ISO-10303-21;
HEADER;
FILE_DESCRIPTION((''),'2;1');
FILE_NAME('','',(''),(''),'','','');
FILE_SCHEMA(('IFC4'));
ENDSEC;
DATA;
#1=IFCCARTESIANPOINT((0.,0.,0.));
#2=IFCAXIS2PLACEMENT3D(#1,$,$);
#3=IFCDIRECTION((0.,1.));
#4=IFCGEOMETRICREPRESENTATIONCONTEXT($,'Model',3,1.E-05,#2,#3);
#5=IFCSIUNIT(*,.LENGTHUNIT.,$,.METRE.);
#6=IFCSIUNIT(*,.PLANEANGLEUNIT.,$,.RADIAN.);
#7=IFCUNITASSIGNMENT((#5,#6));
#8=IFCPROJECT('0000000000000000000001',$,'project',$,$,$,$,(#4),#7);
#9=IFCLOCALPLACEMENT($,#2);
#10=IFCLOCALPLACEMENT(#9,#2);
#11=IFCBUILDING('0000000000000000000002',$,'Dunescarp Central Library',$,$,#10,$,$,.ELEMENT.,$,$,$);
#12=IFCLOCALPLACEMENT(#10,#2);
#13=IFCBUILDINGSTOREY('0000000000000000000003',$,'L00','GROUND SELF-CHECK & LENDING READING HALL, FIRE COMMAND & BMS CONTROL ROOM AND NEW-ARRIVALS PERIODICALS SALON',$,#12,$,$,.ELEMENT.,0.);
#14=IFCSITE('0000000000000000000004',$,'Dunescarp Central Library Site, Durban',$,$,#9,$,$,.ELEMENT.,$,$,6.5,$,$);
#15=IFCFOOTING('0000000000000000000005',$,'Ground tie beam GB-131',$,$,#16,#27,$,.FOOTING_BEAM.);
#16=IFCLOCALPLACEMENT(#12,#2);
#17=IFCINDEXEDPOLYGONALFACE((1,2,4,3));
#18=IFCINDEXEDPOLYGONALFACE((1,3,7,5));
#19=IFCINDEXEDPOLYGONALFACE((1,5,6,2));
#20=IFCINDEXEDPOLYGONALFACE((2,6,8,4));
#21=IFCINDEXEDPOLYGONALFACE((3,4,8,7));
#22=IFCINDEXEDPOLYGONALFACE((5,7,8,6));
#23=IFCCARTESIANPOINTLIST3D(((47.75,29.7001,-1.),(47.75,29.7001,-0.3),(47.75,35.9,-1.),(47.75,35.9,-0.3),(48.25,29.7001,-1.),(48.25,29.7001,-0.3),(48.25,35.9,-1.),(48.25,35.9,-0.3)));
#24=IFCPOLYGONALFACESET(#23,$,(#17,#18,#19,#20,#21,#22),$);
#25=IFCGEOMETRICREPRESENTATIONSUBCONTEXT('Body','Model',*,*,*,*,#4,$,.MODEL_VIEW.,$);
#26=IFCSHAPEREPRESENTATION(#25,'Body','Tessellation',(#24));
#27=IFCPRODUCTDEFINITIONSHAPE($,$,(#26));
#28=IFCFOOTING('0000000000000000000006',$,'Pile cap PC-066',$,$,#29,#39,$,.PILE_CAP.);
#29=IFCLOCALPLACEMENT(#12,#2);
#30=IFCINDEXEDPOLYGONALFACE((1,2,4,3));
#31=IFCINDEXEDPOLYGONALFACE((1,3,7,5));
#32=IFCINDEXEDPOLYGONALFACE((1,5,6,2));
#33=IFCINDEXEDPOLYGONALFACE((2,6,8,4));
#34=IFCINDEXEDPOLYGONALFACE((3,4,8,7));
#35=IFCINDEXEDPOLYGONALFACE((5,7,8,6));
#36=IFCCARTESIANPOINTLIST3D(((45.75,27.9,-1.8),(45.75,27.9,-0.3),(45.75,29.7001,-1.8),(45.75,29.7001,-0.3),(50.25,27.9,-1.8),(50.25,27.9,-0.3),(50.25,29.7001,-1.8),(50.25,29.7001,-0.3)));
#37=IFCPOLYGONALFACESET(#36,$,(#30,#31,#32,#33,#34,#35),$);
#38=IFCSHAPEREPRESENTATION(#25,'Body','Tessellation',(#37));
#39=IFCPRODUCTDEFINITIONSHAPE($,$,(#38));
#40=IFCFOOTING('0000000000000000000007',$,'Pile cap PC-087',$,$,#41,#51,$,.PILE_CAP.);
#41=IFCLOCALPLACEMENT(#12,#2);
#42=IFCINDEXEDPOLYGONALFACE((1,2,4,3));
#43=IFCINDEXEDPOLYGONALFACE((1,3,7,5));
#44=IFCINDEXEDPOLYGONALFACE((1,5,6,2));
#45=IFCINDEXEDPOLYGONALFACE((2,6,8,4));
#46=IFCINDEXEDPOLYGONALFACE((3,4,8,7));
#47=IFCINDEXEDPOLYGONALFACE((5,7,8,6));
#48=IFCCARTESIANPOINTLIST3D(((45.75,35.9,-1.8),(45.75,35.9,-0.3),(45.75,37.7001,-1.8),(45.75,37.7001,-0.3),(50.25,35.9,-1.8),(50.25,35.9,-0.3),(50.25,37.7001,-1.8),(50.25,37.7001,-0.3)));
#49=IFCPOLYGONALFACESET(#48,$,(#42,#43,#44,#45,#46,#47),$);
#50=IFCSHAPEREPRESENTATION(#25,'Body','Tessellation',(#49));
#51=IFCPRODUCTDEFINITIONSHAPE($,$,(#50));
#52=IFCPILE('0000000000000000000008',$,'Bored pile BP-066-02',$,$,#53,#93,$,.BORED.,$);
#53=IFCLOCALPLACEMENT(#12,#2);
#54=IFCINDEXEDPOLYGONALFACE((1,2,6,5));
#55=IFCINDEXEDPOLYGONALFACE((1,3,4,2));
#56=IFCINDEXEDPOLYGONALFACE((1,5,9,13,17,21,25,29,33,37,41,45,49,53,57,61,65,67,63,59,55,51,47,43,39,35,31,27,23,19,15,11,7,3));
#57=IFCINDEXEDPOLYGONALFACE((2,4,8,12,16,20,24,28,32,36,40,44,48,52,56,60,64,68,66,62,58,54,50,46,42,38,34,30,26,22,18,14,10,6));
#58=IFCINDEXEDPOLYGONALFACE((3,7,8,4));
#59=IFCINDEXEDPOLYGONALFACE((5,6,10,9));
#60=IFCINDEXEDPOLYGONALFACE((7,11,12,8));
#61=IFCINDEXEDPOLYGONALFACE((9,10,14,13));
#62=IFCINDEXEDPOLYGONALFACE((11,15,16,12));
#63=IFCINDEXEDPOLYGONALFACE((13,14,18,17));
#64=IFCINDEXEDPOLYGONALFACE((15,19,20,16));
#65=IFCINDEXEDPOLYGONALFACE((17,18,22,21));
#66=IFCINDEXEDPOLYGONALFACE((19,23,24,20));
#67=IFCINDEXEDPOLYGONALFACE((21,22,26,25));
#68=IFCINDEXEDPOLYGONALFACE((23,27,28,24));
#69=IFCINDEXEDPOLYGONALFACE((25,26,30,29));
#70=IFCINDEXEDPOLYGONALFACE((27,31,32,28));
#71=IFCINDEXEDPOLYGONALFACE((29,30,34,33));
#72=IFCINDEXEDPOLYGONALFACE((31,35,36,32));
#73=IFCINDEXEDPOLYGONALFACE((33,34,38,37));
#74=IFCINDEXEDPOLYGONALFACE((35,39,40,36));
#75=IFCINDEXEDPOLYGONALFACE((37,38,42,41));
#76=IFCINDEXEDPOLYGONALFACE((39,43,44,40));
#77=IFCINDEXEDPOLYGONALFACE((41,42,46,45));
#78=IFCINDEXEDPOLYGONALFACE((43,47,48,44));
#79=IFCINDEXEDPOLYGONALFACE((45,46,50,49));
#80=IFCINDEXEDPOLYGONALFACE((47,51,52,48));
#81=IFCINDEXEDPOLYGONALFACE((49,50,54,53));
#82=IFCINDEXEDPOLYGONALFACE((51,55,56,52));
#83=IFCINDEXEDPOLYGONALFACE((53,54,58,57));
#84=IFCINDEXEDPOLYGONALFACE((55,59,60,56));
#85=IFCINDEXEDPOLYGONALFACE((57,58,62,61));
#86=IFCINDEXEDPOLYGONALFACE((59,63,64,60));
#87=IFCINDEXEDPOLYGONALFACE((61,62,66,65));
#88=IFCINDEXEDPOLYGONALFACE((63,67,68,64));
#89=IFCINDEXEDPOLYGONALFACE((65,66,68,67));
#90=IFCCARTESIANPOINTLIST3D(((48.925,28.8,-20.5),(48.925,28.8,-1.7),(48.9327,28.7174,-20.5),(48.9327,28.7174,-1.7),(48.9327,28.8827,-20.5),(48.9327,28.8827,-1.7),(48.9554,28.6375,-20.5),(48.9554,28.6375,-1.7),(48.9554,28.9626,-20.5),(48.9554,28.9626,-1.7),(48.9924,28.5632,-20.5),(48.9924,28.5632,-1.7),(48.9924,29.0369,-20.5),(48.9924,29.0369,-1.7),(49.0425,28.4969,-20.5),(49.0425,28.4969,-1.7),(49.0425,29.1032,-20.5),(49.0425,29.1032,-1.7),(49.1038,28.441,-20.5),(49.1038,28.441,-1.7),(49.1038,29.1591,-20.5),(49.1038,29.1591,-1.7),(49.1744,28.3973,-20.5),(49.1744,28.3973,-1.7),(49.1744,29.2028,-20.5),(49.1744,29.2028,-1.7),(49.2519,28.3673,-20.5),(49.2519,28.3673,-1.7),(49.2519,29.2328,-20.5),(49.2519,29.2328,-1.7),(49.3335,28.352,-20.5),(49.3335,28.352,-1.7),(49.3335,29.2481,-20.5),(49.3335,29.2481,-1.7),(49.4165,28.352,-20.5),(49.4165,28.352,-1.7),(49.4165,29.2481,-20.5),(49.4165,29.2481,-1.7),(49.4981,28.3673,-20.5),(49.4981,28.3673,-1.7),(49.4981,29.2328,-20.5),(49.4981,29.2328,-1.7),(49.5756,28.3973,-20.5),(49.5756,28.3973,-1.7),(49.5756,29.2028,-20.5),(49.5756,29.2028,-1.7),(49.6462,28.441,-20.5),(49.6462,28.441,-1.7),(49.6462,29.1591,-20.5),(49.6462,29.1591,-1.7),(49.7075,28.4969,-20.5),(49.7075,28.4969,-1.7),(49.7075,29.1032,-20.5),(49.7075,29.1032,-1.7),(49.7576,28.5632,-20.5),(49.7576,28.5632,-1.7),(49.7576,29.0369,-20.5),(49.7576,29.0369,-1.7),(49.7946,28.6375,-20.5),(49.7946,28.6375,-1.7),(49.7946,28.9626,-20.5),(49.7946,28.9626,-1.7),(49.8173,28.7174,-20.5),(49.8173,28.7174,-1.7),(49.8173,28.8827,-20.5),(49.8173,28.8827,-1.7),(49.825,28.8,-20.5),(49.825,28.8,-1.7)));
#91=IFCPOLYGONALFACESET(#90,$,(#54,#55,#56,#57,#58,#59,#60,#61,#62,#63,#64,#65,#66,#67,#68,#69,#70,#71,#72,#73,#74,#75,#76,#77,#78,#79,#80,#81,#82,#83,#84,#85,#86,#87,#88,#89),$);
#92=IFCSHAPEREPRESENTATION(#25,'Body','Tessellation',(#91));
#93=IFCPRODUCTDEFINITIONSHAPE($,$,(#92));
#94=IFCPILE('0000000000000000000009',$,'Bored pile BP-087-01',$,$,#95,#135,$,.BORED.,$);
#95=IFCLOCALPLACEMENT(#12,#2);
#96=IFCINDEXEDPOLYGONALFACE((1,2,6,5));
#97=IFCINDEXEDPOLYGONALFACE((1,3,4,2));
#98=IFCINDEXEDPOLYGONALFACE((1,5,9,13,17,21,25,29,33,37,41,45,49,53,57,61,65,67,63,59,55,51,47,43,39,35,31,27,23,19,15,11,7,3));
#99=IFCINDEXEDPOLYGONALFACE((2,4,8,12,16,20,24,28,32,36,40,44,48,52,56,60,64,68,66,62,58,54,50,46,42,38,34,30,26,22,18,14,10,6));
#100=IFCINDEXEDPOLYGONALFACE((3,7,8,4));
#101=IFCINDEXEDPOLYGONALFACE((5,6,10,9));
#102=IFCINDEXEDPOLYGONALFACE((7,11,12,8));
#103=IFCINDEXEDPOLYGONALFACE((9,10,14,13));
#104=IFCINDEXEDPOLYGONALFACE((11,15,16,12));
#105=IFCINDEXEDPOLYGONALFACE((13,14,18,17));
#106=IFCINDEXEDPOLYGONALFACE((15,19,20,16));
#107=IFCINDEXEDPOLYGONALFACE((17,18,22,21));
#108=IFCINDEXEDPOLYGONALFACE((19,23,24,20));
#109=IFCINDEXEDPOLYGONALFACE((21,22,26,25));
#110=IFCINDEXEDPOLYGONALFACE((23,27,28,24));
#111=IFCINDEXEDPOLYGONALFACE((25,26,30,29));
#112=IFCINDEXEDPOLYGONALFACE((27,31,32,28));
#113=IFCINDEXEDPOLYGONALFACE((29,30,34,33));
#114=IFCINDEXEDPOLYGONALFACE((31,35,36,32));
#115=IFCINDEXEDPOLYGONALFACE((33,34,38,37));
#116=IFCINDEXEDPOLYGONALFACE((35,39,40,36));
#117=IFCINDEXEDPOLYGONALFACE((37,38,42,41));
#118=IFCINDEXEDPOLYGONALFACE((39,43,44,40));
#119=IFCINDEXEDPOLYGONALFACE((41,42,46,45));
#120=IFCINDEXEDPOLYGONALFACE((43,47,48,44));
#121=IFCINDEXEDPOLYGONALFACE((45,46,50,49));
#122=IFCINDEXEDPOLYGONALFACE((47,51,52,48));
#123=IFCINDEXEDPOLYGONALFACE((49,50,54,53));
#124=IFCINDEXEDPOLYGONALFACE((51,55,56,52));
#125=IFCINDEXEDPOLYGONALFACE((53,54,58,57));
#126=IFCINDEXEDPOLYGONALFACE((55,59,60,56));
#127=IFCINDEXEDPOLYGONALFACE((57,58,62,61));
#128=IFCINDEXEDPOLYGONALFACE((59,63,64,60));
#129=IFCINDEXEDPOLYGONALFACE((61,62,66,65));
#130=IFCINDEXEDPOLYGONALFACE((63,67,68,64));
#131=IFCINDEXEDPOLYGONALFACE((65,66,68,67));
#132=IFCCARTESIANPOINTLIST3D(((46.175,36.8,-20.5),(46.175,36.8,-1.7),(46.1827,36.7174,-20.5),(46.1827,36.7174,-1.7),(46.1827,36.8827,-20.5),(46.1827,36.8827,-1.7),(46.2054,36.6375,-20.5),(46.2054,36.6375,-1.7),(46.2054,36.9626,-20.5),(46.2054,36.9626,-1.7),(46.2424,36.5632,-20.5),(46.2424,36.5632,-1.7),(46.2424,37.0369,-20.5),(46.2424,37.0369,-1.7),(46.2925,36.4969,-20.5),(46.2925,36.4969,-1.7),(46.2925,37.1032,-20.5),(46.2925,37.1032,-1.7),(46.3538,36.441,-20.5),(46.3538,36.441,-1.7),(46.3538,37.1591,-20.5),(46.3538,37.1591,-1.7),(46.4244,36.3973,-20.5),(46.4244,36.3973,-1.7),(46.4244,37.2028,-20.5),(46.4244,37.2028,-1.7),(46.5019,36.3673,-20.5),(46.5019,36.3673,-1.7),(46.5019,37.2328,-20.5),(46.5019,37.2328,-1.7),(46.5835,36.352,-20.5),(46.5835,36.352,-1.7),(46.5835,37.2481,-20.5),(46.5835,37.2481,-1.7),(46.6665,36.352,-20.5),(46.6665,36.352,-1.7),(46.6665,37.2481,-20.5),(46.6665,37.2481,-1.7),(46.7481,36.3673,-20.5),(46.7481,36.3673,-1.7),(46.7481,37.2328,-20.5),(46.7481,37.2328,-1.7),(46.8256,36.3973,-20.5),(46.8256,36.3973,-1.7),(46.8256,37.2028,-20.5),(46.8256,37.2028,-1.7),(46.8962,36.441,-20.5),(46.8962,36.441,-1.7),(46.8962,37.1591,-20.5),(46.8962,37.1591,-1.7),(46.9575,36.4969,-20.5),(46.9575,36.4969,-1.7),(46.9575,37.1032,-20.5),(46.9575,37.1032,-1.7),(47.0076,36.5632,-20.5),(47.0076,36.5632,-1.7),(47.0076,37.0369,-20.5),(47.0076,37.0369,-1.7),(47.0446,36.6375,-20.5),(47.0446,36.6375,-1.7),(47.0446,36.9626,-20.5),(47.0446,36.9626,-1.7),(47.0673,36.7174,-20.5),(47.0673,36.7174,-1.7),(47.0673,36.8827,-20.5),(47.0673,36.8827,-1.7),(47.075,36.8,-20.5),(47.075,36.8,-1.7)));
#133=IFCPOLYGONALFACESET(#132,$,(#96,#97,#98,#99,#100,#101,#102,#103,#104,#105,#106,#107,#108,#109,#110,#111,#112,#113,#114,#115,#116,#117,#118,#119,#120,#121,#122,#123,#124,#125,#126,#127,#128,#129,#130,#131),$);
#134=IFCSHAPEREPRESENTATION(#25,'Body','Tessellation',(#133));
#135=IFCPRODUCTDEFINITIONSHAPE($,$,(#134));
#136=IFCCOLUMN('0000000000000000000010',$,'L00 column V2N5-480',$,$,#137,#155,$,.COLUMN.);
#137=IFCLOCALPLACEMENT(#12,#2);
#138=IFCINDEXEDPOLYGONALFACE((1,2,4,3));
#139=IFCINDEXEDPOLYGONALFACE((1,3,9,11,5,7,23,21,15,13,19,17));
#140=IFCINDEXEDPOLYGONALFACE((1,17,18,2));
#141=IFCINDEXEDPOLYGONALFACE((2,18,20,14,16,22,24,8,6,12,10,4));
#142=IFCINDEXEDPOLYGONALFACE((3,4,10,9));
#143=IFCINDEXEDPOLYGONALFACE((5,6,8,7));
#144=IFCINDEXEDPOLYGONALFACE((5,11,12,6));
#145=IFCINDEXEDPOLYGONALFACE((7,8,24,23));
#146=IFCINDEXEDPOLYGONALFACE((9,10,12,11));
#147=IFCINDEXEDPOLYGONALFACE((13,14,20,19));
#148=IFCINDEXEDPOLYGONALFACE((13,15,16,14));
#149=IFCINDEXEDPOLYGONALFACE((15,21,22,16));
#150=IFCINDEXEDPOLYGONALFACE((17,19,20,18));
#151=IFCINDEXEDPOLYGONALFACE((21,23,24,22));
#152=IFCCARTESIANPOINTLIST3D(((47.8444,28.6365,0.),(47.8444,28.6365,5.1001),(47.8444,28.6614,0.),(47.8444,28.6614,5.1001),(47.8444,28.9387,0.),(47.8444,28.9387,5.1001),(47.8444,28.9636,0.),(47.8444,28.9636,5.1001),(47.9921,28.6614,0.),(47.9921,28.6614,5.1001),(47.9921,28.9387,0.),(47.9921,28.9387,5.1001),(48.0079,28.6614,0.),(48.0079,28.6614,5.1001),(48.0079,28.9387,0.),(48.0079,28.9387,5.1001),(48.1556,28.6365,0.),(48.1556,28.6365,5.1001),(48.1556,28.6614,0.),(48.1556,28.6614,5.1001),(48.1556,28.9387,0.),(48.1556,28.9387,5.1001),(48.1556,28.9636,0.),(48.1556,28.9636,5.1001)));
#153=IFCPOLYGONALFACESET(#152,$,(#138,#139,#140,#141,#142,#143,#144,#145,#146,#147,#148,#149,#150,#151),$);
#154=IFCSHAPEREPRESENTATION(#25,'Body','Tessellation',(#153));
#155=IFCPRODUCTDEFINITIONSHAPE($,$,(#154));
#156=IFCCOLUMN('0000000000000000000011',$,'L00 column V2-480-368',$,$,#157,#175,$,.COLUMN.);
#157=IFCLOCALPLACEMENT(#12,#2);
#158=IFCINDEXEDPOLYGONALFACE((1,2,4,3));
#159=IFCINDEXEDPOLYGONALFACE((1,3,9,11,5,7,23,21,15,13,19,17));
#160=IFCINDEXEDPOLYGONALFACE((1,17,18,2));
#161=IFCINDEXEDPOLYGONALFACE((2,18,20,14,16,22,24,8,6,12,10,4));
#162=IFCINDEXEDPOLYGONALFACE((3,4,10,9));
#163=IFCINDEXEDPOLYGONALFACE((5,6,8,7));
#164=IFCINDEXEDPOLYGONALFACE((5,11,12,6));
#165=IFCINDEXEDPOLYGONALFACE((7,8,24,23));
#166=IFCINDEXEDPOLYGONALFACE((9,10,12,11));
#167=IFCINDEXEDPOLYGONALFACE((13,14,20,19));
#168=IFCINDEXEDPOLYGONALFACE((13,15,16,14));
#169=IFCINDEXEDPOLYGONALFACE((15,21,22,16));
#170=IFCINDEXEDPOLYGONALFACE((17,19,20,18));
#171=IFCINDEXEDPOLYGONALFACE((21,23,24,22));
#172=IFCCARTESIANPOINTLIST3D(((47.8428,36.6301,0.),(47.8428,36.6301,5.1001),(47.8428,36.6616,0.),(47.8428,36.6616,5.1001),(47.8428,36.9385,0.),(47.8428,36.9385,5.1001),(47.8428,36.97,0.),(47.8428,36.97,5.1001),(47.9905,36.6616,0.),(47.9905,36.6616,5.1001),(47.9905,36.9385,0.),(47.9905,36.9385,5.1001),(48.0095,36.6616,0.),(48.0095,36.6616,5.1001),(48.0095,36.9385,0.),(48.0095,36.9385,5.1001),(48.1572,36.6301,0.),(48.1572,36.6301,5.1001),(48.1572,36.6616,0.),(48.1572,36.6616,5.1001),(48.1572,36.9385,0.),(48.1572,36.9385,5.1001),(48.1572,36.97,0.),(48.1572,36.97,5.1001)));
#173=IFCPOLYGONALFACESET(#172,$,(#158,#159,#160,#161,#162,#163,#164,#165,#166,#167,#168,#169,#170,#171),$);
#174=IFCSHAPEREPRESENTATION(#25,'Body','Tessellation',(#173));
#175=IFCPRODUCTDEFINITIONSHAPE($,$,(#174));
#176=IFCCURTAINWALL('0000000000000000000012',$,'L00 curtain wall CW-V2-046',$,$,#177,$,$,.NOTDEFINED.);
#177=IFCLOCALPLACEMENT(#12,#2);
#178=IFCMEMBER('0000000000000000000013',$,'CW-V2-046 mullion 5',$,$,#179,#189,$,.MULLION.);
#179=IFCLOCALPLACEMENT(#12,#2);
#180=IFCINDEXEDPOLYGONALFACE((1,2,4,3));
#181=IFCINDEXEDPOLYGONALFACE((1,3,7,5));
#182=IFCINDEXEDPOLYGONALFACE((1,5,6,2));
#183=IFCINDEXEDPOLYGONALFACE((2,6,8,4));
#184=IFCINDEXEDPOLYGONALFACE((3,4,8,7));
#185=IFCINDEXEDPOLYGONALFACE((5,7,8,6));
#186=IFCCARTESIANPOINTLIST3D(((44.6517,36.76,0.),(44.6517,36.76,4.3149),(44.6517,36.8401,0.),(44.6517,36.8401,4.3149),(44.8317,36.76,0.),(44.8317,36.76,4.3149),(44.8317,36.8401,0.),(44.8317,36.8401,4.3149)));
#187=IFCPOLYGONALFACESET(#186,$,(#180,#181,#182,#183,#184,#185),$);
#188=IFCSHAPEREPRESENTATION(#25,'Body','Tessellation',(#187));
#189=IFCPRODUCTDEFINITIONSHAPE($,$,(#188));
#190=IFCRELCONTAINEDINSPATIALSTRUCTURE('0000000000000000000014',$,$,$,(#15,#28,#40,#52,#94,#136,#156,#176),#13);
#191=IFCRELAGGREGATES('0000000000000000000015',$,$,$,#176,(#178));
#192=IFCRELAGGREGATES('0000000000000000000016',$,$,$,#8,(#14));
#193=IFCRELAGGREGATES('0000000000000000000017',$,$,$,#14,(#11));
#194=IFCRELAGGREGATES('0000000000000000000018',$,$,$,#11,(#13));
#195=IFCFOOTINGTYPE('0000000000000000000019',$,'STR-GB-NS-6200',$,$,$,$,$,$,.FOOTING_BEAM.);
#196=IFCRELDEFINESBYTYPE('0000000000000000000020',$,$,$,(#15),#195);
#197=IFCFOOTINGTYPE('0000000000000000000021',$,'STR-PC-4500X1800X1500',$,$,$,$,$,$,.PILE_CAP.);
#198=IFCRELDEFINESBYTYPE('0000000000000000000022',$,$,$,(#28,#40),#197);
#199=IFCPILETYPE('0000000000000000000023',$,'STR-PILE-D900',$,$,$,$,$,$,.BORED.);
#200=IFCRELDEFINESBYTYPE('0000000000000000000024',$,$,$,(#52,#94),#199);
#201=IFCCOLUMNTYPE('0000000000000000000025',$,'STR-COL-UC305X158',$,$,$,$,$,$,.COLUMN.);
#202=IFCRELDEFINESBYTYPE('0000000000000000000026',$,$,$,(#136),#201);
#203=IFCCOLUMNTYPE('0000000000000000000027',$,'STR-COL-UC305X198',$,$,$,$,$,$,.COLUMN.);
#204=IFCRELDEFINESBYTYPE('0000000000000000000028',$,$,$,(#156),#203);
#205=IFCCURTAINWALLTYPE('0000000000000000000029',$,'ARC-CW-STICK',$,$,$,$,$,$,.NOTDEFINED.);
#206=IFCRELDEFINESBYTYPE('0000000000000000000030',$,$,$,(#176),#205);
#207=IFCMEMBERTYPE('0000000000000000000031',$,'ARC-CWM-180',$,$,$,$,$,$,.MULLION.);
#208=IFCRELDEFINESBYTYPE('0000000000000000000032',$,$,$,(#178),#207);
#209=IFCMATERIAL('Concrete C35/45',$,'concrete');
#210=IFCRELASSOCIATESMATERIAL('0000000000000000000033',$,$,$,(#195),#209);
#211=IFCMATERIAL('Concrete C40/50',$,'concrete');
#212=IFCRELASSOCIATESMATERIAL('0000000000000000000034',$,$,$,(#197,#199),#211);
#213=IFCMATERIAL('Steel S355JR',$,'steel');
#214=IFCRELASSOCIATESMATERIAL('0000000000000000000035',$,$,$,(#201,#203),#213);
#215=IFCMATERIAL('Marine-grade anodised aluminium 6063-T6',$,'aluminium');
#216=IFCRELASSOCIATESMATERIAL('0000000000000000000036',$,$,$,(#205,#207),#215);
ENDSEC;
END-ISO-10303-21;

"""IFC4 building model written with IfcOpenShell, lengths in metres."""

from ifc_helpers import new_model, si_unit, direction, frame, origin, origin_2d, place, context, subcontext, project, spatial, rectangle, circle, i_section, extrude, material, material_profile, profile_set, type_object, element, aggregate, save


model = new_model("IFC4")

# Units and contexts
model_context = context("Model", 3, precision=1e-05, world=origin(), true_north=direction((0.0, 1.0)))
body_context = subcontext(model_context, "Body", "Model", "MODEL_VIEW")
ifc_project = project(units=[si_unit("LENGTHUNIT", "METRE"), si_unit("PLANEANGLEUNIT", "RADIAN")], contexts=[model_context])

# Site, building, storey
site_placement = place(None, origin())
site = spatial("IfcSite", under=ifc_project, at=site_placement, Name="Dunescarp Central Library Site, Durban", CompositionType="ELEMENT", RefElevation=6.5)
building_placement = place(site_placement, origin())
building = spatial("IfcBuilding", under=site, at=building_placement, Name="Dunescarp Central Library", CompositionType="ELEMENT")
storey_placement = place(building_placement, origin())
storey = spatial("IfcBuildingStorey", under=building, at=storey_placement, Name="L00", Description="GROUND SELF-CHECK & LENDING READING HALL, FIRE COMMAND & BMS CONTROL ROOM AND NEW-ARRIVALS PERIODICALS SALON", CompositionType="ELEMENT", Elevation=0.0)

# Footings
ifc_material_1 = material(Name="Concrete C35/45", Category="concrete")
footing_type_1 = type_object("IfcFootingType", Name="STR-GB-NS-6200", PredefinedType="FOOTING_BEAM", material=ifc_material_1)
footing_placement = place(storey_placement, frame((48.0, 32.8, -1.0), z_axis=(0.0, 0.0, 1.0), x_axis=(0.0, 1.0, 0.0)))
element("IfcFooting", 1, at=footing_placement, inside=storey, type_object=footing_type_1, Name="Ground tie beam GB-131", PredefinedType="FOOTING_BEAM", context=body_context, shape_type="SweptSolid", body=[
    extrude(rectangle(XDim=6.2, YDim=0.5, at=origin_2d()), origin(), (0.0, 0.0, 1.0), 0.7),
])
ifc_material_2 = material(Name="Concrete C40/50", Category="concrete")
footing_type_2 = type_object("IfcFootingType", Name="STR-PC-4500X1800X1500", PredefinedType="PILE_CAP", material=ifc_material_2)
for number, where, z_axis, x_axis, name in (
    (2, (48.0, 28.8, -1.8), (0.0, 0.0, 1.0), (1.0, 0.0, 0.0), "Pile cap PC-066"),
    (3, (48.0, 36.8, -1.8), (0.0, 0.0, 1.0), (1.0, 0.0, 0.0), "Pile cap PC-087"),
):
    element("IfcFooting", number, at=place(storey_placement, frame(where, z_axis=z_axis, x_axis=x_axis)), inside=storey, type_object=footing_type_2, Name=name, PredefinedType="PILE_CAP", context=body_context, shape_type="SweptSolid", body=[
        extrude(rectangle(XDim=4.5, YDim=1.8, at=origin_2d()), origin(), (0.0, 0.0, 1.0), 1.5),
    ])

# Piles
ifc_material_profile_1 = material_profile(ifc_material_2, circle(Radius=0.45, at=origin_2d()), Name="PILE D900")
ifc_profile_set_1 = profile_set([ifc_material_profile_1], Name="Concrete C40/50")
pile_type = type_object("IfcPileType", Name="STR-PILE-D900", PredefinedType="BORED", material=ifc_profile_set_1)
for number, where, z_axis, x_axis, name in (
    (4, (49.375, 28.8, -1.7), (0.0, 0.0, -1.0), (1.0, 0.0, 0.0), "Bored pile BP-066-02"),
    (5, (46.625, 36.8, -1.7), (0.0, 0.0, -1.0), (1.0, 0.0, 0.0), "Bored pile BP-087-01"),
):
    element("IfcPile", number, at=place(storey_placement, frame(where, z_axis=z_axis, x_axis=x_axis)), inside=storey, type_object=pile_type, Name=name, PredefinedType="BORED", context=body_context, shape_type="SweptSolid", body=[
        extrude(circle(Radius=0.45, at=origin_2d()), origin(), (0.0, 0.0, 1.0), 18.8),
    ])

# Columns
ifc_material_3 = material(Name="Steel S355JR", Category="steel")
ifc_material_profile_2 = material_profile(ifc_material_3, i_section(OverallWidth=0.3113, OverallDepth=0.3271, WebThickness=0.0159, FlangeThickness=0.0249, at=origin_2d()), Name="UC 305x305x158")
ifc_profile_set_2 = profile_set([ifc_material_profile_2], Name="Steel S355JR")
column_type_1 = type_object("IfcColumnType", Name="STR-COL-UC305X158", PredefinedType="COLUMN", material=ifc_profile_set_2)
column_1_placement = place(storey_placement, frame((48.0, 28.8, 0.0), z_axis=(0.0, 0.0, 1.0), x_axis=(1.0, 0.0, 0.0)))
element("IfcColumn", 6, at=column_1_placement, inside=storey, type_object=column_type_1, Name="L00 column V2N5-480", PredefinedType="COLUMN", context=body_context, shape_type="SweptSolid", body=[
    extrude(i_section(OverallWidth=0.3113, OverallDepth=0.3271, WebThickness=0.0159, FlangeThickness=0.0249, at=origin_2d()), origin(), (0.0, 0.0, 1.0), 5.1001),
])
ifc_material_profile_3 = material_profile(ifc_material_3, i_section(OverallWidth=0.3145, OverallDepth=0.3398, WebThickness=0.019, FlangeThickness=0.0315, at=origin_2d()), Name="UC 305x305x198")
ifc_profile_set_3 = profile_set([ifc_material_profile_3], Name="Steel S355JR")
column_type_2 = type_object("IfcColumnType", Name="STR-COL-UC305X198", PredefinedType="COLUMN", material=ifc_profile_set_3)
column_2_placement = place(storey_placement, frame((48.0, 36.8, 0.0), z_axis=(0.0, 0.0, 1.0), x_axis=(1.0, 0.0, 0.0)))
element("IfcColumn", 7, at=column_2_placement, inside=storey, type_object=column_type_2, Name="L00 column V2-480-368", PredefinedType="COLUMN", context=body_context, shape_type="SweptSolid", body=[
    extrude(i_section(OverallWidth=0.3145, OverallDepth=0.3398, WebThickness=0.019, FlangeThickness=0.0315, at=origin_2d()), origin(), (0.0, 0.0, 1.0), 5.1001),
])

# Curtain wall, member
ifc_material_4 = material(Name="Marine-grade anodised aluminium 6063-T6", Category="aluminium")
curtain_wall_type = type_object("IfcCurtainWallType", Name="ARC-CW-STICK", PredefinedType="NOTDEFINED", material=ifc_material_4)
curtain_wall_placement = place(storey_placement, origin())
curtain_wall = element("IfcCurtainWall", 8, at=curtain_wall_placement, inside=storey, type_object=curtain_wall_type, Name="L00 curtain wall CW-V2-046", PredefinedType="NOTDEFINED")
ifc_material_profile_4 = material_profile(ifc_material_4, rectangle(XDim=0.0801, YDim=0.1799, at=origin_2d()), Name="AL 80x180")
ifc_profile_set_4 = profile_set([ifc_material_profile_4], Name="Marine-grade anodised aluminium 6063-T6")
member_type_1 = type_object("IfcMemberType", Name="ARC-CWM-180", PredefinedType="MULLION", material=ifc_profile_set_4)
member_1_placement = place(storey_placement, frame((44.7417, 36.8, 0.0), z_axis=(0.0, 0.0, 1.0), x_axis=(0.0, 1.0, 0.0)))
member_1 = element("IfcMember", 9, at=member_1_placement, type_object=member_type_1, Name="CW-V2-046 mullion 5", PredefinedType="MULLION", context=body_context, shape_type="SweptSolid", body=[
    extrude(rectangle(XDim=0.0801, YDim=0.1799, at=origin_2d()), origin(), (0.0, 0.0, 1.0), 4.3149),
])
aggregate(curtain_wall, [member_1])

save(model, "model.ifc")
